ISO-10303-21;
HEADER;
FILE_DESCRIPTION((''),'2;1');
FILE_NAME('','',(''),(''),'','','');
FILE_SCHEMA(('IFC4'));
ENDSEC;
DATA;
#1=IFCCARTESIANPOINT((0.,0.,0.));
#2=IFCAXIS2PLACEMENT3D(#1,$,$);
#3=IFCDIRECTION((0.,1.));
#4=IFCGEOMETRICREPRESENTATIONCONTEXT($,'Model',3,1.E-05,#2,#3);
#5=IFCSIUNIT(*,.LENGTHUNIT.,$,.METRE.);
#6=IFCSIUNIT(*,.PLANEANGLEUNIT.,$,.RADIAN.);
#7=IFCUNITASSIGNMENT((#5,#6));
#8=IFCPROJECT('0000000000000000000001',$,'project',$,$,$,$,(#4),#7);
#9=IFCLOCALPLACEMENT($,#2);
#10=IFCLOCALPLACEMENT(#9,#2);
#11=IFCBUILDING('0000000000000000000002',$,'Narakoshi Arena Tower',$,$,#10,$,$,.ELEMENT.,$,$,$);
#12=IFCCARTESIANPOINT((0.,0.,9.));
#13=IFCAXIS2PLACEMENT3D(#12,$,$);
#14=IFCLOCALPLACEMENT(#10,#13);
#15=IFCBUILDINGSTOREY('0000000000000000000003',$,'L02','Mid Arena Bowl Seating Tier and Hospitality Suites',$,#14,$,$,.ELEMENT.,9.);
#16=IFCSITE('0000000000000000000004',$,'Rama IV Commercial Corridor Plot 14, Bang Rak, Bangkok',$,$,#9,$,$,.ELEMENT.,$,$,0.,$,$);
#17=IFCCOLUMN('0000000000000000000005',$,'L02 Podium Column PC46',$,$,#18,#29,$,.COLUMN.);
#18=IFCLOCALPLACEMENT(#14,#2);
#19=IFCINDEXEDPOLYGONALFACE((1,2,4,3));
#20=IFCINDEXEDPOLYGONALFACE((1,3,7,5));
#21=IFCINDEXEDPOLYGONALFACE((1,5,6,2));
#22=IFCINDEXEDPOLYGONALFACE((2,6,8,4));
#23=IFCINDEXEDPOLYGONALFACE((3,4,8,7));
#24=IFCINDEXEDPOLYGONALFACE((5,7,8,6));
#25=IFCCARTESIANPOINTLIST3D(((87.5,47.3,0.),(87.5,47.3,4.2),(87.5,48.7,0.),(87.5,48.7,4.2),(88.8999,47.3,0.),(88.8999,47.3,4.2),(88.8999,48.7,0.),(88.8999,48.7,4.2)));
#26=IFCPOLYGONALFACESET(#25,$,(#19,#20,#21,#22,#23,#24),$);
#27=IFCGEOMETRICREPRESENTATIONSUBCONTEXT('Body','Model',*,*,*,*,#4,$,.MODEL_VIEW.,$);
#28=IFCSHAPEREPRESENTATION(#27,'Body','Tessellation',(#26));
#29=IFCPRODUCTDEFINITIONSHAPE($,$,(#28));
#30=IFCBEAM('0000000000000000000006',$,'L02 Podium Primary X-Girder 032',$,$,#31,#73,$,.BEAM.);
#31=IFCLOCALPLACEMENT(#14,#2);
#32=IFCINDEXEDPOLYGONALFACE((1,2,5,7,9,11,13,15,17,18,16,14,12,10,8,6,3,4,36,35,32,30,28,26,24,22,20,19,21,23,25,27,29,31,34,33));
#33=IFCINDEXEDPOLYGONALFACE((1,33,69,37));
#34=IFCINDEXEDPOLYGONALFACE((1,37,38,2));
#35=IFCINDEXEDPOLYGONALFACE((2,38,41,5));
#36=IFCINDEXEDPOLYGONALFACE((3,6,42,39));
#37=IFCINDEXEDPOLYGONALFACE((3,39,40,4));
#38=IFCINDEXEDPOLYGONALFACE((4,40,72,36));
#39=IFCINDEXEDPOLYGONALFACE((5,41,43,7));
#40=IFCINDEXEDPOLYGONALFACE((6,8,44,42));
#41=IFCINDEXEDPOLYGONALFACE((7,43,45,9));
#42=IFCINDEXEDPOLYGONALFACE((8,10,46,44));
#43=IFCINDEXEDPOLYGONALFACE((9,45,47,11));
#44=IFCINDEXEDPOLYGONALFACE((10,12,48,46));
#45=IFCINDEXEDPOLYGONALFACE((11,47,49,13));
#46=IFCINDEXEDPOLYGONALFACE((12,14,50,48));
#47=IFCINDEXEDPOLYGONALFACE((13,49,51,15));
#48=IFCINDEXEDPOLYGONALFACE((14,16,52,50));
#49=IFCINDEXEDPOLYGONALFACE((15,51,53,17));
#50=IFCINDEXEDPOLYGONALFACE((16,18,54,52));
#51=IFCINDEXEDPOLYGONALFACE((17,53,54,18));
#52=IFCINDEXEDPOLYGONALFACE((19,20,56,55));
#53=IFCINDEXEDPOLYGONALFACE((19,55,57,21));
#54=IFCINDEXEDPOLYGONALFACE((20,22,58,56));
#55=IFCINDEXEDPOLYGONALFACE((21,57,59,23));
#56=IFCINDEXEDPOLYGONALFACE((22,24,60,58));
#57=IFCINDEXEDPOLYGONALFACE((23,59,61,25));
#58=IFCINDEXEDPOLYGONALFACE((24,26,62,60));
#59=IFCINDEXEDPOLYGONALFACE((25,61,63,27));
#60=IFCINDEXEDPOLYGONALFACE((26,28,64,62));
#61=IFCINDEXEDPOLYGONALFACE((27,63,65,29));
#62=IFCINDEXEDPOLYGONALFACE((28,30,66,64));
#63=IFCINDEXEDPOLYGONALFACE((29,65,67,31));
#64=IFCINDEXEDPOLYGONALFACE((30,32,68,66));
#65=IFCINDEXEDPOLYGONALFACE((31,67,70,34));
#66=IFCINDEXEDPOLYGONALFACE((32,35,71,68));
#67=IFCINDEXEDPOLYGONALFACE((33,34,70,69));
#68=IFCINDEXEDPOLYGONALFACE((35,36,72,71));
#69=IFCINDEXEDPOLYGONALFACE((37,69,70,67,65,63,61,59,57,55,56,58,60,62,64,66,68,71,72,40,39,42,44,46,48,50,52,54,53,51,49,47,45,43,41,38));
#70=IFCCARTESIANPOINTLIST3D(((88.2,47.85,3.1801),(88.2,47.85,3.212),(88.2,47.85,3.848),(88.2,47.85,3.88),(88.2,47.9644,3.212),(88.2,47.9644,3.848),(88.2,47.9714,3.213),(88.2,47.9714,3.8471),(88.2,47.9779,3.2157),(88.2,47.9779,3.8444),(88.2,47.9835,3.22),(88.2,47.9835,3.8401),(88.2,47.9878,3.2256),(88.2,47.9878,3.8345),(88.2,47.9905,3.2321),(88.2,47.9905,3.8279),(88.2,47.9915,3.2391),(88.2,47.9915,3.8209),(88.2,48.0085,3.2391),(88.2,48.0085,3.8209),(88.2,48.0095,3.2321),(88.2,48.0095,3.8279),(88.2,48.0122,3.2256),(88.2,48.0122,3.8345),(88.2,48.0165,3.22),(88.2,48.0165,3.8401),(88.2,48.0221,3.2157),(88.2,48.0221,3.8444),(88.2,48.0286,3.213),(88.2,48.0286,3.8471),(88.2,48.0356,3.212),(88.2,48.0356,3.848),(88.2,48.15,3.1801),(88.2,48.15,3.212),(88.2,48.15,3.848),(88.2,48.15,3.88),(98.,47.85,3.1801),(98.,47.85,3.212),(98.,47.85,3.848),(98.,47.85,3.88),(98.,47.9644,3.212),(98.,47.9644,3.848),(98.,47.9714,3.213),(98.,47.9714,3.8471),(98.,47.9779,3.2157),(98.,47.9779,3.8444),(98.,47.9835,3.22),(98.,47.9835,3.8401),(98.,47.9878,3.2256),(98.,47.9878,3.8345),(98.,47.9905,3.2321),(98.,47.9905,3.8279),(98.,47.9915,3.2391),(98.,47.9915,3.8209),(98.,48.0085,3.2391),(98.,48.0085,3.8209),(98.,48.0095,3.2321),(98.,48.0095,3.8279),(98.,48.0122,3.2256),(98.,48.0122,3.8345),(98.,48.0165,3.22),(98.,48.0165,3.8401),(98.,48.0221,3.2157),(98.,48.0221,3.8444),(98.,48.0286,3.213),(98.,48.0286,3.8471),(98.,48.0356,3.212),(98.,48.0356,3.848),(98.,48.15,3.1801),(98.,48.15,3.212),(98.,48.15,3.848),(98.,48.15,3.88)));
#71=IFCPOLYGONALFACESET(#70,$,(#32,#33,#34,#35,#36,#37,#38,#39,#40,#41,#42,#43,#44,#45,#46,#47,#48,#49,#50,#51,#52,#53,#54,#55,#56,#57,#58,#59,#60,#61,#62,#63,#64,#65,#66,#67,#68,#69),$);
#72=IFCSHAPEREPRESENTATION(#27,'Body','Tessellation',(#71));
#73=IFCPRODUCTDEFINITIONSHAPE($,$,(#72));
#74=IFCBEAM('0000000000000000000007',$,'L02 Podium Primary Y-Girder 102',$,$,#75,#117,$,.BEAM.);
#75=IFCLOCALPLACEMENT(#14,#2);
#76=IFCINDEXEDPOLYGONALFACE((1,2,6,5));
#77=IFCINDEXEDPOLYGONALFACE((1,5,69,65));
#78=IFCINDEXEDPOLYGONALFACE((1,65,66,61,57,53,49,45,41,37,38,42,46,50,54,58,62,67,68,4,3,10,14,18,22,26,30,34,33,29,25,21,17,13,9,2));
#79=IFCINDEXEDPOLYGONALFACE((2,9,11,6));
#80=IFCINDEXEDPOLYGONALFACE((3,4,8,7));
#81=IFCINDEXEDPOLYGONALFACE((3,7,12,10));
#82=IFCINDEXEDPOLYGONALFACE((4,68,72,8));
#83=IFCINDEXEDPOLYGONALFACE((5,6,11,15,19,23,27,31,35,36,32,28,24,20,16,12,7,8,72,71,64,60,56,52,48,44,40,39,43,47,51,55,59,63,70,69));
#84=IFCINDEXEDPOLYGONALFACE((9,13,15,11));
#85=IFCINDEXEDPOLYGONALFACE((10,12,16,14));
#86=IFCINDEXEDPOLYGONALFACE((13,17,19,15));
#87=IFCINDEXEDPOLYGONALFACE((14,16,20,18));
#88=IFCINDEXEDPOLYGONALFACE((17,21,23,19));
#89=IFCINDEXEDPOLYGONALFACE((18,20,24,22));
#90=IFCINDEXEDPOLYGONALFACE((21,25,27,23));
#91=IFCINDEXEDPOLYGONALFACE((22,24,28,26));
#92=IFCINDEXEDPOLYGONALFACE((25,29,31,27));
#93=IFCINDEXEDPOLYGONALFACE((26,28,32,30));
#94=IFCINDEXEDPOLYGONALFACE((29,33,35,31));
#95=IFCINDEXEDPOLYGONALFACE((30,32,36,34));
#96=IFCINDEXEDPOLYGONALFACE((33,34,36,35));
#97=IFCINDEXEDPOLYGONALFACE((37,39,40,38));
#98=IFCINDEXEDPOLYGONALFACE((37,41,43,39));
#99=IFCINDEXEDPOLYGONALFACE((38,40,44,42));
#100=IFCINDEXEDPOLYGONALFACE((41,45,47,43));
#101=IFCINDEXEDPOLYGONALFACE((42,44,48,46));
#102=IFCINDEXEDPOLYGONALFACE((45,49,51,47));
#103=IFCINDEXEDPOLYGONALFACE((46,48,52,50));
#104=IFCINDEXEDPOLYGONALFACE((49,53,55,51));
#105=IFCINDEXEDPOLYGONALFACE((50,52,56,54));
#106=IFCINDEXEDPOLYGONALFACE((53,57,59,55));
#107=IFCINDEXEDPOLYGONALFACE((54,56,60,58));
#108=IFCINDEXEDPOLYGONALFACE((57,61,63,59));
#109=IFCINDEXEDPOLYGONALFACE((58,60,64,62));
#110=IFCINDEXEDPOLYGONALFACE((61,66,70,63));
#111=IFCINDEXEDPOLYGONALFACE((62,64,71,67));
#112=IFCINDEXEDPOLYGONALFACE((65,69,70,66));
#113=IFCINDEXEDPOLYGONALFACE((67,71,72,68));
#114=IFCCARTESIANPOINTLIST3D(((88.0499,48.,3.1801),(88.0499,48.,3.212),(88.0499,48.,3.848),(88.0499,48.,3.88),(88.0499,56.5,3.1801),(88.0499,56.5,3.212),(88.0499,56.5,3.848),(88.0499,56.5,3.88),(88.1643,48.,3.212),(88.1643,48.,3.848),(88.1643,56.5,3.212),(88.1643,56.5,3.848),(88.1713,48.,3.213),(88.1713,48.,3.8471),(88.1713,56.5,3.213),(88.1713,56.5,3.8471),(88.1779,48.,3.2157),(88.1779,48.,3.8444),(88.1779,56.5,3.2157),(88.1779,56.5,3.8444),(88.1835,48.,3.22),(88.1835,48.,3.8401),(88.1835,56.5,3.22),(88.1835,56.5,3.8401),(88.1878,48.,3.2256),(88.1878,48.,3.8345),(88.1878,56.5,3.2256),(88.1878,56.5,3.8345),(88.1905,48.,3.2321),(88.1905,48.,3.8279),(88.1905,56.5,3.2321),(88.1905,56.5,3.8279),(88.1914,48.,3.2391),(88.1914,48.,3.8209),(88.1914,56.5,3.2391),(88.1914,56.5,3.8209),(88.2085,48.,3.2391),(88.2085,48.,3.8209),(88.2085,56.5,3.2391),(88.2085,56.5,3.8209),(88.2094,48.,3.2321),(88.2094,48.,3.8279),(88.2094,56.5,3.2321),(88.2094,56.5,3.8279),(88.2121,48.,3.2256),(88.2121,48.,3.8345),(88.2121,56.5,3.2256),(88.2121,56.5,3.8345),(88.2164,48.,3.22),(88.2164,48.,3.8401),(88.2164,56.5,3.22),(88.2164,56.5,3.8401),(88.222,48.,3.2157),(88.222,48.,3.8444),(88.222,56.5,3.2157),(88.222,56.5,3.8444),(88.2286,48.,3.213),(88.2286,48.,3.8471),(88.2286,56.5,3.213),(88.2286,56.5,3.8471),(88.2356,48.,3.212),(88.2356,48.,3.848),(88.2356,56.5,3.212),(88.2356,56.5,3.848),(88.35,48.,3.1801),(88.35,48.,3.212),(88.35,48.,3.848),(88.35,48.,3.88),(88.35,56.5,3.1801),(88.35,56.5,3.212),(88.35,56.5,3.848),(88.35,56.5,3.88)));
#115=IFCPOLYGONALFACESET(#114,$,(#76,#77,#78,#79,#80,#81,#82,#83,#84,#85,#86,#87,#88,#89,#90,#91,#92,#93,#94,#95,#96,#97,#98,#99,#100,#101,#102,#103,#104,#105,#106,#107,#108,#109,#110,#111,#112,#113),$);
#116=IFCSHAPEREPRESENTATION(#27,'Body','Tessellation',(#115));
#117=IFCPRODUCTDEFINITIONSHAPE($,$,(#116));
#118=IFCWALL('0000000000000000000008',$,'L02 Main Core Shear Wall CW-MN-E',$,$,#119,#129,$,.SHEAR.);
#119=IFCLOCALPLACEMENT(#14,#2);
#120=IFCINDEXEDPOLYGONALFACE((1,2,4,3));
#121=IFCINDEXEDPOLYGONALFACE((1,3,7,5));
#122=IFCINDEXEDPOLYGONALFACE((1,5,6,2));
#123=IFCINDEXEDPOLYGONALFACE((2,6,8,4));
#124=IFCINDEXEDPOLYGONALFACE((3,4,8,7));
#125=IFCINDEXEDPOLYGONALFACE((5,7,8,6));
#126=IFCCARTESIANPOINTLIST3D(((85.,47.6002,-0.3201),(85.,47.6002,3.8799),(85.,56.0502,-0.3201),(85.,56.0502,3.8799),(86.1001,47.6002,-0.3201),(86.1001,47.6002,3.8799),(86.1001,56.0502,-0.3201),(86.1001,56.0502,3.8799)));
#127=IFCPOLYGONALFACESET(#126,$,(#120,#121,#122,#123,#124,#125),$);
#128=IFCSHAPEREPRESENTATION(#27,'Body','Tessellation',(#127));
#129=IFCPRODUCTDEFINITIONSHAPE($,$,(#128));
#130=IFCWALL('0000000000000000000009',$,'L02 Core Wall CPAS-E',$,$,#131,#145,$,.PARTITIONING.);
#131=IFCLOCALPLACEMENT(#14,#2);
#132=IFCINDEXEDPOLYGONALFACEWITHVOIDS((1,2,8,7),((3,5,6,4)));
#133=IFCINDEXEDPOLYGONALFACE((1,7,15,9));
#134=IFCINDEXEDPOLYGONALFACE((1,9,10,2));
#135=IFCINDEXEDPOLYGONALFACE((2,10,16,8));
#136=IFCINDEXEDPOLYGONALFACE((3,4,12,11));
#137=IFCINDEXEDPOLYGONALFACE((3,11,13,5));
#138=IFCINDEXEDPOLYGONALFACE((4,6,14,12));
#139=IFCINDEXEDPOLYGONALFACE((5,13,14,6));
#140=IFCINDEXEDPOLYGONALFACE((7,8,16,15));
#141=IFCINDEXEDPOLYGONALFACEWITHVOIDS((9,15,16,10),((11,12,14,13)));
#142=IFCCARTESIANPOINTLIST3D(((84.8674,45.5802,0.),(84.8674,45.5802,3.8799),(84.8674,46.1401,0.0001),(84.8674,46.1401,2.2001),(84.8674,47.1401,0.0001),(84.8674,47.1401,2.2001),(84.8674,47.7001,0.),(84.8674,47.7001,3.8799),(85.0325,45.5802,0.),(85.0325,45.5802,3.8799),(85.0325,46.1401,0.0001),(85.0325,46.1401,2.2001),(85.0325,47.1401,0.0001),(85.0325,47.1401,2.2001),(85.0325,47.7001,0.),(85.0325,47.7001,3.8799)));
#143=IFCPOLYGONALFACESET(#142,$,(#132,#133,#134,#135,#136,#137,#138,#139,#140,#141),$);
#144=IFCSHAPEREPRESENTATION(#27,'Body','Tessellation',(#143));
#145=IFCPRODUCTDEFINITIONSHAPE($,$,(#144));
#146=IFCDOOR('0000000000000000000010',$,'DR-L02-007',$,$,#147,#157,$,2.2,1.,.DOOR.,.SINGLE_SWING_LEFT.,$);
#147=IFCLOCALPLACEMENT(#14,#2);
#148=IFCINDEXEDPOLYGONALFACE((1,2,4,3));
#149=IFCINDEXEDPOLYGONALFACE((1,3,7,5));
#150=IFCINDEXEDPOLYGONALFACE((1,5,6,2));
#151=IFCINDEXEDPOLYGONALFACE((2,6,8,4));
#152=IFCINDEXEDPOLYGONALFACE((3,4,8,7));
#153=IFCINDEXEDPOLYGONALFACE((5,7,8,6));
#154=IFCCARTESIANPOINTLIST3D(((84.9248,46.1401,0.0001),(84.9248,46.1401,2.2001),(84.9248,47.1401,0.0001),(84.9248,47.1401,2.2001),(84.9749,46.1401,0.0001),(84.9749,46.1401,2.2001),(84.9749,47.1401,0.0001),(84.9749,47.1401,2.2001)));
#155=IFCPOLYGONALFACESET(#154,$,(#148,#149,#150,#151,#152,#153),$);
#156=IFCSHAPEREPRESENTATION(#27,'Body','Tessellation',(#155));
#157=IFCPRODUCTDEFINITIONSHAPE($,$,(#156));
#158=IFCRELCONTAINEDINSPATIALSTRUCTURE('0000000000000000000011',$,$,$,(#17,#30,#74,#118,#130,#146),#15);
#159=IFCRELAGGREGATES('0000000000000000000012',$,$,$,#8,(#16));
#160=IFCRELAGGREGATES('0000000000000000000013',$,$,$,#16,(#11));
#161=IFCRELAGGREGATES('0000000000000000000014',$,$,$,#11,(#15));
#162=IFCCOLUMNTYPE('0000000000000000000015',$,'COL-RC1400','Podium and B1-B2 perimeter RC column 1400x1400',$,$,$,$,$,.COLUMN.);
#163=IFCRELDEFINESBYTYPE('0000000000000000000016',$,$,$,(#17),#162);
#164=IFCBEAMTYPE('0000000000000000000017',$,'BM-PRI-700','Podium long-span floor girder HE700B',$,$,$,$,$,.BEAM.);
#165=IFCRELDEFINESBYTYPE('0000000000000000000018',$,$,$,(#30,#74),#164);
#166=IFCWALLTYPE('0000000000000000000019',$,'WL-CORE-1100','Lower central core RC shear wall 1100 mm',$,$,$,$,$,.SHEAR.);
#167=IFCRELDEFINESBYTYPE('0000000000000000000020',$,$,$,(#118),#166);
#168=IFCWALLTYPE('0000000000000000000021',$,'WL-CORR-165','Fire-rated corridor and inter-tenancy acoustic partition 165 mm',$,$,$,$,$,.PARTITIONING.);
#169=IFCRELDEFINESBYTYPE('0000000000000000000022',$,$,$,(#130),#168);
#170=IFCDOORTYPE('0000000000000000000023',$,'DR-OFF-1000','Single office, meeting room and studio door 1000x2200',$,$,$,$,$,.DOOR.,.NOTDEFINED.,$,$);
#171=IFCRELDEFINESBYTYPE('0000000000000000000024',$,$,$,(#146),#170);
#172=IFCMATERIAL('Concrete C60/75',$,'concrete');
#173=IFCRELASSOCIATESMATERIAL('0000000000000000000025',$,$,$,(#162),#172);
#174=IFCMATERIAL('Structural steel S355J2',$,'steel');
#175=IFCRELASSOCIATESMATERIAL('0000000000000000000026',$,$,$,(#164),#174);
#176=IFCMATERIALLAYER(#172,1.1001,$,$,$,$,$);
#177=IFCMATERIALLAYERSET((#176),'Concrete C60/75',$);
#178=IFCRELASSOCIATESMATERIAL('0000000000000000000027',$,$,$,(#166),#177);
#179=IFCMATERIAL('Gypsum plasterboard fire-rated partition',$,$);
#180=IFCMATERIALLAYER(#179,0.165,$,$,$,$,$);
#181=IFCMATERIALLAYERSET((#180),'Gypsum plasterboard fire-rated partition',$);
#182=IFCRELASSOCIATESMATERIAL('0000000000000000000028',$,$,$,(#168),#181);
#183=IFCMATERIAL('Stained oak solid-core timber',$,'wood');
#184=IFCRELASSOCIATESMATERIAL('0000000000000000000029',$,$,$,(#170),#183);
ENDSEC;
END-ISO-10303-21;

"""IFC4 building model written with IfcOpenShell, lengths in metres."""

from ifc_helpers import new_model, si_unit, direction, frame, frame_2d, origin, origin_2d, place, context, subcontext, project, spatial, rectangle, i_section, extrude, material, layer, layer_set, material_profile, profile_set, type_object, element, fill, save


model = new_model("IFC4")

# Units and contexts
model_context = context("Model", 3, precision=1e-05, world=origin(), true_north=direction((0.0, 1.0)))
body_context = subcontext(model_context, "Body", "Model", "MODEL_VIEW")
ifc_project = project(units=[si_unit("LENGTHUNIT", "METRE"), si_unit("PLANEANGLEUNIT", "RADIAN")], contexts=[model_context])

# Site, building, storey
site_placement = place(None, origin())
site = spatial("IfcSite", under=ifc_project, at=site_placement, Name="Rama IV Commercial Corridor Plot 14, Bang Rak, Bangkok", CompositionType="ELEMENT", RefElevation=0.0)
building_placement = place(site_placement, origin())
building = spatial("IfcBuilding", under=site, at=building_placement, Name="Narakoshi Arena Tower", CompositionType="ELEMENT")
storey_placement = place(building_placement, frame((0.0, 0.0, 9.0)))
storey = spatial("IfcBuildingStorey", under=building, at=storey_placement, Name="L02", Description="Mid Arena Bowl Seating Tier and Hospitality Suites", CompositionType="ELEMENT", Elevation=9.0)

# Column
ifc_material_1 = material(Name="Concrete C60/75", Category="concrete")
ifc_material_profile_1 = material_profile(ifc_material_1, rectangle(XDim=1.3999, YDim=1.3999, at=origin_2d()), Name="RC1400x1400")
ifc_profile_set_1 = profile_set([ifc_material_profile_1], Name="Concrete C60/75")
column_type = type_object("IfcColumnType", Name="COL-RC1400", Description="Podium and B1-B2 perimeter RC column 1400x1400", PredefinedType="COLUMN", material=ifc_profile_set_1)
column_placement = place(storey_placement, frame((88.2, 48.0, 0.0), z_axis=(0.0, 0.0, 1.0), x_axis=(1.0, 0.0, 0.0)))
element("IfcColumn", 1, at=column_placement, inside=storey, type_object=column_type, Name="L02 Podium Column PC46", PredefinedType="COLUMN", context=body_context, shape_type="SweptSolid", body=[
    extrude(rectangle(XDim=1.3999, YDim=1.3999, at=origin_2d()), origin(), (0.0, 0.0, 1.0), 4.2),
])

# Beams
ifc_material_2 = material(Name="Structural steel S355J2", Category="steel")
ifc_material_profile_2 = material_profile(ifc_material_2, i_section(OverallWidth=0.3, OverallDepth=0.7, WebThickness=0.0171, FlangeThickness=0.032, FilletRadius=0.0271, at=origin_2d()), Name="HE700B")
ifc_profile_set_2 = profile_set([ifc_material_profile_2], Name="Structural steel S355J2")
beam_type = type_object("IfcBeamType", Name="BM-PRI-700", Description="Podium long-span floor girder HE700B", PredefinedType="BEAM", material=ifc_profile_set_2)
beam_1_placement = place(storey_placement, frame((88.2, 48.0, 3.53), z_axis=(1.0, 0.0, 0.0), x_axis=(0.0, 1.0, 0.0)))
element("IfcBeam", 2, at=beam_1_placement, inside=storey, type_object=beam_type, Name="L02 Podium Primary X-Girder 032", PredefinedType="BEAM", context=body_context, shape_type="SweptSolid", body=[
    extrude(i_section(OverallWidth=0.3, OverallDepth=0.7, WebThickness=0.0171, FlangeThickness=0.032, FilletRadius=0.0271, at=origin_2d()), origin(), (0.0, 0.0, 1.0), 9.8),
])
beam_2_placement = place(storey_placement, frame((88.2, 48.0, 3.53), z_axis=(0.0, 1.0, 0.0), x_axis=(-1.0, 0.0, 0.0)))
element("IfcBeam", 3, at=beam_2_placement, inside=storey, type_object=beam_type, Name="L02 Podium Primary Y-Girder 102", PredefinedType="BEAM", context=body_context, shape_type="SweptSolid", body=[
    extrude(i_section(OverallWidth=0.3, OverallDepth=0.7, WebThickness=0.0171, FlangeThickness=0.032, FilletRadius=0.0271, at=origin_2d()), origin(), (0.0, 0.0, 1.0), 8.5),
])

# Wall
ifc_layer_1 = layer(ifc_material_1, 1.1001)
ifc_layer_set_1 = layer_set([ifc_layer_1], Name="Concrete C60/75")
wall_type_1 = type_object("IfcWallType", Name="WL-CORE-1100", Description="Lower central core RC shear wall 1100 mm", PredefinedType="SHEAR", material=ifc_layer_set_1)
wall_1_placement = place(storey_placement, frame((85.55, 47.6001, -0.3201), z_axis=(0.0, 0.0, 1.0), x_axis=(0.0, 1.0, 0.0)))
element("IfcWall", 4, at=wall_1_placement, inside=storey, type_object=wall_type_1, Name="L02 Main Core Shear Wall CW-MN-E", PredefinedType="SHEAR", context=body_context, shape_type="SweptSolid", body=[
    extrude(rectangle(XDim=8.45, YDim=1.1001, at=frame_2d((4.2251, 0.0))), origin(), (0.0, 0.0, 1.0), 4.2),
])

# Wall, opening, door
ifc_material_3 = material(Name="Gypsum plasterboard fire-rated partition")
ifc_layer_2 = layer(ifc_material_3, 0.165)
ifc_layer_set_2 = layer_set([ifc_layer_2], Name="Gypsum plasterboard fire-rated partition")
wall_type_2 = type_object("IfcWallType", Name="WL-CORR-165", Description="Fire-rated corridor and inter-tenancy acoustic partition 165 mm", PredefinedType="PARTITIONING", material=ifc_layer_set_2)
wall_2_placement = place(storey_placement, frame((84.95, 45.5801, 0.0), z_axis=(0.0, 0.0, 1.0), x_axis=(0.0, 1.0, 0.0)))
wall_2 = element("IfcWall", 5, at=wall_2_placement, inside=storey, type_object=wall_type_2, Name="L02 Core Wall CPAS-E", PredefinedType="PARTITIONING", context=body_context, shape_type="SweptSolid", body=[
    extrude(rectangle(XDim=2.1199, YDim=0.165, at=frame_2d((1.0601, 0.0))), origin(), (0.0, 0.0, 1.0), 3.8799),
])
opening_1_placement = place(wall_2_placement, frame((0.5601, 0.0, 0.0)))
opening_1 = element("IfcOpeningElement", 6, at=opening_1_placement, cuts=wall_2, PredefinedType="OPENING", context=body_context, shape_type="SweptSolid", body=[
    extrude(rectangle(XDim=1.0, YDim=2.2, at=frame_2d((0.5, 1.1001))), frame((0.0, 0.0925, 0.0), z_axis=(0.0, -1.0, 0.0), x_axis=(1.0, 0.0, 0.0)), (0.0, 0.0, 1.0), 0.1851),
])
ifc_material_4 = material(Name="Stained oak solid-core timber", Category="wood")
door_type_1 = type_object("IfcDoorType", Name="DR-OFF-1000", Description="Single office, meeting room and studio door 1000x2200", OperationType="NOTDEFINED", PredefinedType="DOOR", material=ifc_material_4)
door_1_placement = place(opening_1_placement, frame((1.0, 0.0, 0.0), z_axis=(0.0, 0.0, 1.0), x_axis=(-1.0, 0.0, 0.0)))
door_1 = element("IfcDoor", 7, at=door_1_placement, inside=storey, type_object=door_type_1, Name="DR-L02-007", OperationType="SINGLE_SWING_LEFT", OverallHeight=2.2, OverallWidth=1.0, PredefinedType="DOOR", context=body_context, shape_type="SweptSolid", body=[
    extrude(rectangle(XDim=1.0, YDim=2.2, at=frame_2d((0.5, 1.1001))), frame((0.0, 0.0249, 0.0), z_axis=(0.0, -1.0, 0.0), x_axis=(1.0, 0.0, 0.0)), (0.0, 0.0, 1.0), 0.05),
])
fill(opening_1, door_1)

save(model, "model.ifc")
